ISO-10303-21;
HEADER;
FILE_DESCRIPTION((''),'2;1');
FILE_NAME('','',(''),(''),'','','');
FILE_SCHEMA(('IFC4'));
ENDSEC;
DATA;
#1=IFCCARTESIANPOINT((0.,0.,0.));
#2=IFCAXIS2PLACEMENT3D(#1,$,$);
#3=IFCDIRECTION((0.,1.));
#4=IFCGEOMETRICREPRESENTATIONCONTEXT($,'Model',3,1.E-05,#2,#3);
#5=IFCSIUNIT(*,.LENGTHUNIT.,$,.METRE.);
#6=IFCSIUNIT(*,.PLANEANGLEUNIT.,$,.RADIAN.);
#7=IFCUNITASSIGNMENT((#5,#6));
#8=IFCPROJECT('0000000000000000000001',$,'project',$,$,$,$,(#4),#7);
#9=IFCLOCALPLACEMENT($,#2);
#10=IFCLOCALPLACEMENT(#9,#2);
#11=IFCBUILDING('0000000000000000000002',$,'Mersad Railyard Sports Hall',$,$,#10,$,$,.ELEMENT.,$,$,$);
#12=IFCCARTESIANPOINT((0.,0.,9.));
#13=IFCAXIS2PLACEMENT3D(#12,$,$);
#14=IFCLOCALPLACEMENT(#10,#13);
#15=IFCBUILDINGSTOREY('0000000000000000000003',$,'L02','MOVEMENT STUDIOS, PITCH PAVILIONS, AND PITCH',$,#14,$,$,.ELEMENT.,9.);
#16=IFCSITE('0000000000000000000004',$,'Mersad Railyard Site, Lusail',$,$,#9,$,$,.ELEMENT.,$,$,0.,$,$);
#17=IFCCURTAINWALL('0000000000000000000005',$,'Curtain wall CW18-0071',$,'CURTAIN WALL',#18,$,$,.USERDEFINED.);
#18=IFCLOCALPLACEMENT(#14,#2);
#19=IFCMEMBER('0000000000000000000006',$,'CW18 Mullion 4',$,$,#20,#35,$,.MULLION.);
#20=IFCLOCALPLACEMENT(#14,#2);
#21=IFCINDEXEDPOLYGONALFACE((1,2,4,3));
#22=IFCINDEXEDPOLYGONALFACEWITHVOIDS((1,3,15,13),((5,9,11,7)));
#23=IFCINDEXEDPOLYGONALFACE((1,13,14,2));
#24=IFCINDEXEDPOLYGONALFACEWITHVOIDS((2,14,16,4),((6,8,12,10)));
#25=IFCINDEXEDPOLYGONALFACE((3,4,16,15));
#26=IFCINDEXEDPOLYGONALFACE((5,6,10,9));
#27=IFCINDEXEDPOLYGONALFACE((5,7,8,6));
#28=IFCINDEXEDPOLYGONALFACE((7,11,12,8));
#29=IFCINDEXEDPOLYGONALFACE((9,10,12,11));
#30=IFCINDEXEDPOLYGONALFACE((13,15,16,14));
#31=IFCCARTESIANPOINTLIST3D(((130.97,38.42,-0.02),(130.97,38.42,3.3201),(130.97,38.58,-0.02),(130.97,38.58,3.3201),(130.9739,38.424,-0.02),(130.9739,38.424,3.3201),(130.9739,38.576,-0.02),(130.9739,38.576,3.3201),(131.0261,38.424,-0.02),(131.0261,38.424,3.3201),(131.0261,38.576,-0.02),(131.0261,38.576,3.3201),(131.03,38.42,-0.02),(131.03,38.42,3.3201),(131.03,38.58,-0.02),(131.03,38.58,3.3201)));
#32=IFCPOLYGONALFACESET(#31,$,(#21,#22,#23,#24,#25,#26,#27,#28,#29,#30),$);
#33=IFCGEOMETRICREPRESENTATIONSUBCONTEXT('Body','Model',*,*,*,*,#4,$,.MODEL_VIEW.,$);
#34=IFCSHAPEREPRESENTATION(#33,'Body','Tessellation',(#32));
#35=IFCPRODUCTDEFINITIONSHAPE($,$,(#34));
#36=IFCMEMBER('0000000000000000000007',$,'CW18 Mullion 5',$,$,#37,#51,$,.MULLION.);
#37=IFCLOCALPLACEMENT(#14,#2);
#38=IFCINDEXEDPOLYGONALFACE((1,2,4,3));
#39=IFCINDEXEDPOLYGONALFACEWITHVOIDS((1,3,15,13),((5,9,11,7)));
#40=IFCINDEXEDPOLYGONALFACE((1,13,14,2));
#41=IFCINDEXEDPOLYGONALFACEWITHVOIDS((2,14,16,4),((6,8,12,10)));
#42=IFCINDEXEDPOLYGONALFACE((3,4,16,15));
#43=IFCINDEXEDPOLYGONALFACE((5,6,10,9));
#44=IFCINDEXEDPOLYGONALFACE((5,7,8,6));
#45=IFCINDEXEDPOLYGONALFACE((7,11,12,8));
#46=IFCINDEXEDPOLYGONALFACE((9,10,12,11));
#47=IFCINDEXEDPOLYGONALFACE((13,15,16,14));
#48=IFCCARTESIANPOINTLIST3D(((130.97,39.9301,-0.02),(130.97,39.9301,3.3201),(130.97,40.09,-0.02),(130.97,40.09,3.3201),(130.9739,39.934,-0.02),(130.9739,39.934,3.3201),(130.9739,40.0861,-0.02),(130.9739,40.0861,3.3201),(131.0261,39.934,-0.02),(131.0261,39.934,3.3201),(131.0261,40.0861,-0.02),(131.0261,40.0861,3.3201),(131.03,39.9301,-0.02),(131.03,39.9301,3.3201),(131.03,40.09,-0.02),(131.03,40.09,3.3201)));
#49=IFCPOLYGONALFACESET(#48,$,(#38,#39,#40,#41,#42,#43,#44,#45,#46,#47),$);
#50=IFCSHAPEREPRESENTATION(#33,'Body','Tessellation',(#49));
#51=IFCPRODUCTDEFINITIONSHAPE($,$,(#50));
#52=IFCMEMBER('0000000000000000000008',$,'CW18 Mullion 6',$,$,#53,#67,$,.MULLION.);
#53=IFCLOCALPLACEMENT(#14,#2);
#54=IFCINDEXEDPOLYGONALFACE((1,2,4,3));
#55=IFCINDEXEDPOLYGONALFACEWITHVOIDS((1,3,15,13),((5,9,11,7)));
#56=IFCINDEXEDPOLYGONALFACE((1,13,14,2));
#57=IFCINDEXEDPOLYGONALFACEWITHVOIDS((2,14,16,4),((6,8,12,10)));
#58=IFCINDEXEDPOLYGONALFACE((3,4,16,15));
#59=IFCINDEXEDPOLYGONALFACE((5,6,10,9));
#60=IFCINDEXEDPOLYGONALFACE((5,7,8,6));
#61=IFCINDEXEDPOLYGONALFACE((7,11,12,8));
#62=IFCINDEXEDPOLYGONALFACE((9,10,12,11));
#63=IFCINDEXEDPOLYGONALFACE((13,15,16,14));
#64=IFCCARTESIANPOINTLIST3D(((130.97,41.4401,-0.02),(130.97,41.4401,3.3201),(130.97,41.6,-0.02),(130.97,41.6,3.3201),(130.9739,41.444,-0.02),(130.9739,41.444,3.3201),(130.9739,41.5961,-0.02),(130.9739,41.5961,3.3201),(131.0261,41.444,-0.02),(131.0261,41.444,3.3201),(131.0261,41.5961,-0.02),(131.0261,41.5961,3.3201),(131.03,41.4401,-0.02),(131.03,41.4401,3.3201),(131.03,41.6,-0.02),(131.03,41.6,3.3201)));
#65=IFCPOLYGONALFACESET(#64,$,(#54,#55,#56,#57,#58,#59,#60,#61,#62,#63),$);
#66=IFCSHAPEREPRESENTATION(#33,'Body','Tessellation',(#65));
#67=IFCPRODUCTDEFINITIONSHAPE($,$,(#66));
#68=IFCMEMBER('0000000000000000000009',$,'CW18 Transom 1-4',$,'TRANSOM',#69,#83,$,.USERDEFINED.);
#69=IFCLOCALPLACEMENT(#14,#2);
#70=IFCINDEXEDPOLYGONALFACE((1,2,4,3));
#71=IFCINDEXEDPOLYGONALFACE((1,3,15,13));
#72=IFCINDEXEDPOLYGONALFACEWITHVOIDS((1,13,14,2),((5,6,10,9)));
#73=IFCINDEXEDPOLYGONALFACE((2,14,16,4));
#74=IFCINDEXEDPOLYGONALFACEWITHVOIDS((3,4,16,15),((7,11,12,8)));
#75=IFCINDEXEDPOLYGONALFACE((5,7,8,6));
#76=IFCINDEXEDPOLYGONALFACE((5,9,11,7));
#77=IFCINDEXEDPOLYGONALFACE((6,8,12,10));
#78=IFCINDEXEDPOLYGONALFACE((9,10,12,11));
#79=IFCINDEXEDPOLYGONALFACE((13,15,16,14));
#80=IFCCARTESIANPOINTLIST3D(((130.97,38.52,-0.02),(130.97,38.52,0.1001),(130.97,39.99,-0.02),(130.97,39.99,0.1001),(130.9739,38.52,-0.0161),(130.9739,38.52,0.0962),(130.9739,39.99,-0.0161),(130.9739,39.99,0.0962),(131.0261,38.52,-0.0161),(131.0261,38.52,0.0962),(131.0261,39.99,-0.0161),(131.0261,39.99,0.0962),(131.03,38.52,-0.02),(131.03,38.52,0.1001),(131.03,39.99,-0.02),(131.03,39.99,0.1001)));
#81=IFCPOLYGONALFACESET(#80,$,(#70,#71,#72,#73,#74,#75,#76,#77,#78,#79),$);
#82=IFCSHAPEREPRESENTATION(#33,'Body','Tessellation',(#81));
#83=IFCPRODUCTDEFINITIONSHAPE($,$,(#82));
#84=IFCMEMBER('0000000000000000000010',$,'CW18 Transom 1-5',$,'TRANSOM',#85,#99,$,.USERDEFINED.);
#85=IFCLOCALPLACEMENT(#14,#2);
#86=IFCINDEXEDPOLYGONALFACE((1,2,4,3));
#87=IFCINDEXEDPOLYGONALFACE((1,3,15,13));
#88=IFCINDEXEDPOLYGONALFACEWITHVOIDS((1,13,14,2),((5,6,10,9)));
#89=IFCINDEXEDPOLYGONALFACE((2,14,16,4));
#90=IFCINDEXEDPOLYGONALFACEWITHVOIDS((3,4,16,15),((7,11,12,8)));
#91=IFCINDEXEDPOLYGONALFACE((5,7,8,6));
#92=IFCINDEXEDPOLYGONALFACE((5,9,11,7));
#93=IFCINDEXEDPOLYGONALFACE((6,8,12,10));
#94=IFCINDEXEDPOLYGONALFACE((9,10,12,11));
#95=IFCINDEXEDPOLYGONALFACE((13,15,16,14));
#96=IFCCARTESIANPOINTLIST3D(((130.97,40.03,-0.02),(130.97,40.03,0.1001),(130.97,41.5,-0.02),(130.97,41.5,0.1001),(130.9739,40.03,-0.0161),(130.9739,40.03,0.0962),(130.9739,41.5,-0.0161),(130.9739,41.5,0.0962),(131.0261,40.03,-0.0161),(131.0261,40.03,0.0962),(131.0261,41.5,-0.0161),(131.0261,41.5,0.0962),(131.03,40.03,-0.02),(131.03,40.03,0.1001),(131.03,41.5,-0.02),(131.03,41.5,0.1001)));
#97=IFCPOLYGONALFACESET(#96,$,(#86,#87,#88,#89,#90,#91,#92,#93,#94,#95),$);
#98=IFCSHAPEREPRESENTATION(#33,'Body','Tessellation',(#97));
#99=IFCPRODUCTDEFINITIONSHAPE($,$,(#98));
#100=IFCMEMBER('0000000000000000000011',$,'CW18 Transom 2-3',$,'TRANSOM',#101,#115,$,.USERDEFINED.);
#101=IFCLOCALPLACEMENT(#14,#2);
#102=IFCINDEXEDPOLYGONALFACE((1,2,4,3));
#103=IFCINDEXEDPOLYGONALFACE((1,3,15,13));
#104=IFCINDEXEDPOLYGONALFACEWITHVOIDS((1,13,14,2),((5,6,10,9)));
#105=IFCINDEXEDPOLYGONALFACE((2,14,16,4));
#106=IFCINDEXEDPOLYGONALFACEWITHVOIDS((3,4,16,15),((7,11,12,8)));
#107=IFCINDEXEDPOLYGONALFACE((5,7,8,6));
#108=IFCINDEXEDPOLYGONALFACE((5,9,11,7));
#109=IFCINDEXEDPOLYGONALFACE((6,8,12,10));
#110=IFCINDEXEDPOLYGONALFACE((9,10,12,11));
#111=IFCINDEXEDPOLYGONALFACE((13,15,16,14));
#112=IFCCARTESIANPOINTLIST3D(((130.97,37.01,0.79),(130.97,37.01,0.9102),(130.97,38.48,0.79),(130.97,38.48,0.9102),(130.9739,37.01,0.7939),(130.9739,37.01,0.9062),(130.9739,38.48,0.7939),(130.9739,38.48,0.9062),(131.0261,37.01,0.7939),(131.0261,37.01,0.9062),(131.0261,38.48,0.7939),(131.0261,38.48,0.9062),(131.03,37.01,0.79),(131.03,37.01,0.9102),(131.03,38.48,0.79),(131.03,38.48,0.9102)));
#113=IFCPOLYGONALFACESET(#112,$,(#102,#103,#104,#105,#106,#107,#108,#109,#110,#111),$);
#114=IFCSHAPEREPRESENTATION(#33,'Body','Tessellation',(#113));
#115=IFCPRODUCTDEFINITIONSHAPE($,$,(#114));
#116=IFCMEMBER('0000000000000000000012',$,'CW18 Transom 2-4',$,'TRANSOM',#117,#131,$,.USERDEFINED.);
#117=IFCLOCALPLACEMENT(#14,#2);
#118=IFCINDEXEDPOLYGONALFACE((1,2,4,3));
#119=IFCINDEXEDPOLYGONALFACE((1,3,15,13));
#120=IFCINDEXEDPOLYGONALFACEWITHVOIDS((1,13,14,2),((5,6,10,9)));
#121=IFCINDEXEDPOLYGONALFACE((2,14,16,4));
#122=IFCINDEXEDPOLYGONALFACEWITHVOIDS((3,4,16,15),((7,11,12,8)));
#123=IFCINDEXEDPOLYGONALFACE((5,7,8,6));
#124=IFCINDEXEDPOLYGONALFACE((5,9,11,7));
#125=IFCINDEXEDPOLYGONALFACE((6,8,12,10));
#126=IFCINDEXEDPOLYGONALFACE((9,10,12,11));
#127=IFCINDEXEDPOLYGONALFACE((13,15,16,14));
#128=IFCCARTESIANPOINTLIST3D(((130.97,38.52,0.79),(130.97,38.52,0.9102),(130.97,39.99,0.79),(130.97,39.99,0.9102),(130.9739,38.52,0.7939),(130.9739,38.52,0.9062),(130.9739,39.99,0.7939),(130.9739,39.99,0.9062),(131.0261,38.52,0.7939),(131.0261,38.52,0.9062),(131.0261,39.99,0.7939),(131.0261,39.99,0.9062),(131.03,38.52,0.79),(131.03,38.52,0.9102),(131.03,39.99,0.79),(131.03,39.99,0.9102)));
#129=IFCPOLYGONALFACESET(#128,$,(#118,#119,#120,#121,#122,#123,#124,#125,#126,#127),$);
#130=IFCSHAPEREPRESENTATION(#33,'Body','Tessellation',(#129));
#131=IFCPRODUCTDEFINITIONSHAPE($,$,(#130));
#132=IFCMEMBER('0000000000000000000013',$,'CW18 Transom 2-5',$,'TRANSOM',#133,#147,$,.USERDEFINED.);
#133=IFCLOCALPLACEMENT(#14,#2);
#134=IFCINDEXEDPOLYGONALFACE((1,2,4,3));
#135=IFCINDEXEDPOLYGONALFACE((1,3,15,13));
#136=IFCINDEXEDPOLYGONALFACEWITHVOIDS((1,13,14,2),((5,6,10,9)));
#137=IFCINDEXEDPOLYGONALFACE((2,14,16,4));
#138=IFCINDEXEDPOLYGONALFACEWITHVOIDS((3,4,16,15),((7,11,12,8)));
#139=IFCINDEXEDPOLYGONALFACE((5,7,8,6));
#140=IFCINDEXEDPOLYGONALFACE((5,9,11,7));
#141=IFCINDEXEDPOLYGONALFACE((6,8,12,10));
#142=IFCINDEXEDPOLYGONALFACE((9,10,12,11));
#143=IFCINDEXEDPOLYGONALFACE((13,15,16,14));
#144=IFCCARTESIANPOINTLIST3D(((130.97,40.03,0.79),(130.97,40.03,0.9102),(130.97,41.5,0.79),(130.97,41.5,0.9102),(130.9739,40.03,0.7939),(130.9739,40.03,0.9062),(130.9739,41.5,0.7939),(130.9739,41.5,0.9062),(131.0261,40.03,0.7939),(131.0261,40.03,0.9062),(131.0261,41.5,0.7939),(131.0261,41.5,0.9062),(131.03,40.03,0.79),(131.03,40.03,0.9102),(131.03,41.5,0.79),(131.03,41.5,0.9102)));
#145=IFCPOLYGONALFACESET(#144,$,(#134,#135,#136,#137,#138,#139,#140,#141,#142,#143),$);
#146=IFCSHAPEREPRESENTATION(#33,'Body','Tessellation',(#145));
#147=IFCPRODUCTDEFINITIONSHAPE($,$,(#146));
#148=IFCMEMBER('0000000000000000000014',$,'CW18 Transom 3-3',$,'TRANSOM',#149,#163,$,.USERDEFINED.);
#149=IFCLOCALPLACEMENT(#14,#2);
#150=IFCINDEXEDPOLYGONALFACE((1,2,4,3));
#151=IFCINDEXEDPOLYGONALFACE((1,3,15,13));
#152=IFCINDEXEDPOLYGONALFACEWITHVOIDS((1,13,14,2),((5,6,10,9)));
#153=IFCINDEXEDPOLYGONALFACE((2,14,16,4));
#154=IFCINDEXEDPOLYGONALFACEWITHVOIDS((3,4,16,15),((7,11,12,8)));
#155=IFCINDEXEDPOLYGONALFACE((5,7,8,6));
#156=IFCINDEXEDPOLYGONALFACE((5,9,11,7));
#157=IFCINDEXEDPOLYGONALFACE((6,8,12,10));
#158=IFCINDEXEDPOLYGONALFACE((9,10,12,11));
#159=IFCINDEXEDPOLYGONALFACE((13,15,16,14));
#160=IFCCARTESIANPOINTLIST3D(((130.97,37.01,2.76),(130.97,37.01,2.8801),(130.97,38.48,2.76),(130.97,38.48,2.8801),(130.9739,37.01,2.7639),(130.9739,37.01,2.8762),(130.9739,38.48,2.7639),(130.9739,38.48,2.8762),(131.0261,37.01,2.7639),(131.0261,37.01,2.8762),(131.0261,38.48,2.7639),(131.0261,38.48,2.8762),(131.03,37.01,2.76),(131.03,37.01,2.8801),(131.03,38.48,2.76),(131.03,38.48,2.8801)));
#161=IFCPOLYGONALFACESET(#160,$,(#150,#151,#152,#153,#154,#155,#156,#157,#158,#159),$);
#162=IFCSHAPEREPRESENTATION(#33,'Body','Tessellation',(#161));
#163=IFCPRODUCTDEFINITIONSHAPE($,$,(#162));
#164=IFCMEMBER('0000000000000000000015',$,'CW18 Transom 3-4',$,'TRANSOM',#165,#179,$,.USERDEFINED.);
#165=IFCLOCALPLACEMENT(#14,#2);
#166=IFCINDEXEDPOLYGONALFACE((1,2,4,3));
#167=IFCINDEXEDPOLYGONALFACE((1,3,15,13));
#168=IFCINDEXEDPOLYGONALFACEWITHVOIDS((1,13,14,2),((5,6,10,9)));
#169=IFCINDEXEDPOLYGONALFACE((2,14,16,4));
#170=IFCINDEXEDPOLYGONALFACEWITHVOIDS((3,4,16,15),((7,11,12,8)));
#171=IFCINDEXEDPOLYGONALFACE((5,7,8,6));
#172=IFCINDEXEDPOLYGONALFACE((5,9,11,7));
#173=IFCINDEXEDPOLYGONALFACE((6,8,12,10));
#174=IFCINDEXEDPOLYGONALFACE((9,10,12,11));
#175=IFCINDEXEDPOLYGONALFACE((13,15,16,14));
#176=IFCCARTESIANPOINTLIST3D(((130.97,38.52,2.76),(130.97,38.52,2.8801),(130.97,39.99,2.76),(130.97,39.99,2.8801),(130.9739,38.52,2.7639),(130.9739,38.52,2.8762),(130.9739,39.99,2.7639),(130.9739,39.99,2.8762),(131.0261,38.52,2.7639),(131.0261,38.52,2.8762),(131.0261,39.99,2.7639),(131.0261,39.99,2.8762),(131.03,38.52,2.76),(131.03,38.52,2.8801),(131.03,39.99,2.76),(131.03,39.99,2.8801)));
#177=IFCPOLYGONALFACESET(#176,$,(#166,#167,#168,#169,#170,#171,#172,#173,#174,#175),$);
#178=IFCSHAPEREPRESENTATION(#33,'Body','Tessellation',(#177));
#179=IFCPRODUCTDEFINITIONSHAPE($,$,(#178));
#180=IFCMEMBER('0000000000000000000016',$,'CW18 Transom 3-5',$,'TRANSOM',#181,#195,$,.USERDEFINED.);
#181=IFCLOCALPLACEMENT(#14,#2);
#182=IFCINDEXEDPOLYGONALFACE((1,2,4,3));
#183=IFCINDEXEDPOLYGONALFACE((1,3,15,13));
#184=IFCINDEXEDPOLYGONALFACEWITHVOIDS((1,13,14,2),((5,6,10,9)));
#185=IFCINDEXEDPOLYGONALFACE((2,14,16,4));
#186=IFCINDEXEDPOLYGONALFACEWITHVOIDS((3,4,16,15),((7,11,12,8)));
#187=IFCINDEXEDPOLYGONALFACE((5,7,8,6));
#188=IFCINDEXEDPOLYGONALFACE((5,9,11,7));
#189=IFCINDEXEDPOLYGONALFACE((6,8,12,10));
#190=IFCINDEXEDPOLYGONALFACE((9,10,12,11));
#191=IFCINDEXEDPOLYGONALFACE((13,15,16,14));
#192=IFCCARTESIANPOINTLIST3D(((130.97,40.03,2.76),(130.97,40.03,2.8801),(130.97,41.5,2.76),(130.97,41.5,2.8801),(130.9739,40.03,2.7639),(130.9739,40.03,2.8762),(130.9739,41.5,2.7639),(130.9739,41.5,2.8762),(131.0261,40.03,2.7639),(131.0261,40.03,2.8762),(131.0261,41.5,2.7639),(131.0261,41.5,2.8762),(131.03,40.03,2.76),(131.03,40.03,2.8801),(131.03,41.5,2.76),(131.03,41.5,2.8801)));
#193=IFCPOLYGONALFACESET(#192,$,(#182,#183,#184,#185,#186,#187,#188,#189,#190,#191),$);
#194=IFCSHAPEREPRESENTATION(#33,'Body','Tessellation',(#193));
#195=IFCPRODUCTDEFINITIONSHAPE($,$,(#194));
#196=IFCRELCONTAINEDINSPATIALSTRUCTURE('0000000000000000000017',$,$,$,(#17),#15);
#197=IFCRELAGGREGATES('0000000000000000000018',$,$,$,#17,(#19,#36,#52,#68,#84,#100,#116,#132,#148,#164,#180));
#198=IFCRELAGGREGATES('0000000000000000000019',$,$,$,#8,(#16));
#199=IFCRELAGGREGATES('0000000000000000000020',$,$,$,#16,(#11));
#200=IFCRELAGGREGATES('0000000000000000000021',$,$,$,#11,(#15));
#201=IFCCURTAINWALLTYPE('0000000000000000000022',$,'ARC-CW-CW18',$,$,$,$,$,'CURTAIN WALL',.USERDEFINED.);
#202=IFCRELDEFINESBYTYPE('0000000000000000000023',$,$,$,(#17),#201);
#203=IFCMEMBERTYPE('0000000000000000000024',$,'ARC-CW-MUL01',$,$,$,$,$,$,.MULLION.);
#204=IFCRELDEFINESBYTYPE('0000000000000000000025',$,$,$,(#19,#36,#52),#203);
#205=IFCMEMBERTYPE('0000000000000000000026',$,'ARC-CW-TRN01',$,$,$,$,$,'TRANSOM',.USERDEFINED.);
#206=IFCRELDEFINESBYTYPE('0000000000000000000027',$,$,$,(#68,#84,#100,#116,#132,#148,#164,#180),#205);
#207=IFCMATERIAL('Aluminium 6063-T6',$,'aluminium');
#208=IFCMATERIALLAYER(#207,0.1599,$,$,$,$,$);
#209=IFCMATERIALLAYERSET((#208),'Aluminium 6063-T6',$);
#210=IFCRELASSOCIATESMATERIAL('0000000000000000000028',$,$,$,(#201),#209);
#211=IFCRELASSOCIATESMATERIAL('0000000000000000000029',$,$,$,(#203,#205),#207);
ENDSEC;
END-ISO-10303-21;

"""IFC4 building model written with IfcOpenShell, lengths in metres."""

from ifc_helpers import new_model, si_unit, direction, frame, origin, origin_2d, place, context, subcontext, project, spatial, hollow_rectangle, extrude, material, layer, layer_set, material_profile, profile_set, type_object, element, aggregate, save


model = new_model("IFC4")

# Units and contexts
model_context = context("Model", 3, precision=1e-05, world=origin(), true_north=direction((0.0, 1.0)))
body_context = subcontext(model_context, "Body", "Model", "MODEL_VIEW")
ifc_project = project(units=[si_unit("LENGTHUNIT", "METRE"), si_unit("PLANEANGLEUNIT", "RADIAN")], contexts=[model_context])

# Site, building, storey
site_placement = place(None, origin())
site = spatial("IfcSite", under=ifc_project, at=site_placement, Name="Mersad Railyard Site, Lusail", CompositionType="ELEMENT", RefElevation=0.0)
building_placement = place(site_placement, origin())
building = spatial("IfcBuilding", under=site, at=building_placement, Name="Mersad Railyard Sports Hall", CompositionType="ELEMENT")
storey_placement = place(building_placement, frame((0.0, 0.0, 9.0)))
storey = spatial("IfcBuildingStorey", under=building, at=storey_placement, Name="L02", Description="MOVEMENT STUDIOS, PITCH PAVILIONS, AND PITCH", CompositionType="ELEMENT", Elevation=9.0)

# Curtain wall, members
ifc_material_1 = material(Name="Aluminium 6063-T6", Category="aluminium")
ifc_layer_1 = layer(ifc_material_1, 0.1599)
ifc_layer_set_1 = layer_set([ifc_layer_1], Name="Aluminium 6063-T6")
curtain_wall_type = type_object("IfcCurtainWallType", Name="ARC-CW-CW18", ElementType="CURTAIN WALL", PredefinedType="USERDEFINED", material=ifc_layer_set_1)
curtain_wall_placement = place(storey_placement, origin())
curtain_wall = element("IfcCurtainWall", 1, at=curtain_wall_placement, inside=storey, type_object=curtain_wall_type, Name="Curtain wall CW18-0071", ObjectType="CURTAIN WALL", PredefinedType="USERDEFINED")
ifc_material_profile_1 = material_profile(ifc_material_1, hollow_rectangle(XDim=0.0601, YDim=0.1599, WallThickness=0.0039, at=origin_2d()), Name="AL MULLION 60x160x4")
ifc_profile_set_1 = profile_set([ifc_material_profile_1], Name="Aluminium 6063-T6")
member_type_1 = type_object("IfcMemberType", Name="ARC-CW-MUL01", PredefinedType="MULLION", material=ifc_profile_set_1)
member_1_placement = place(storey_placement, frame((131.0, 38.5, -0.02), z_axis=(0.0, 0.0, 1.0), x_axis=(1.0, 0.0, 0.0)))
member_1 = element("IfcMember", 2, at=member_1_placement, type_object=member_type_1, Name="CW18 Mullion 4", PredefinedType="MULLION", context=body_context, shape_type="SweptSolid", body=[
    extrude(hollow_rectangle(XDim=0.0601, YDim=0.1599, WallThickness=0.0039, at=origin_2d()), origin(), (0.0, 0.0, 1.0), 3.3401),
])
member_2_placement = place(storey_placement, frame((131.0, 40.01, -0.02), z_axis=(0.0, 0.0, 1.0), x_axis=(1.0, 0.0, 0.0)))
member_2 = element("IfcMember", 3, at=member_2_placement, type_object=member_type_1, Name="CW18 Mullion 5", PredefinedType="MULLION", context=body_context, shape_type="SweptSolid", body=[
    extrude(hollow_rectangle(XDim=0.0601, YDim=0.1599, WallThickness=0.0039, at=origin_2d()), origin(), (0.0, 0.0, 1.0), 3.3401),
])
member_3_placement = place(storey_placement, frame((131.0, 41.52, -0.02), z_axis=(0.0, 0.0, 1.0), x_axis=(1.0, 0.0, 0.0)))
member_3 = element("IfcMember", 4, at=member_3_placement, type_object=member_type_1, Name="CW18 Mullion 6", PredefinedType="MULLION", context=body_context, shape_type="SweptSolid", body=[
    extrude(hollow_rectangle(XDim=0.0601, YDim=0.1599, WallThickness=0.0039, at=origin_2d()), origin(), (0.0, 0.0, 1.0), 3.3401),
])
ifc_material_profile_2 = material_profile(ifc_material_1, hollow_rectangle(XDim=0.0601, YDim=0.1201, WallThickness=0.0039, at=origin_2d()), Name="AL TRANSOM 60x120x4")
ifc_profile_set_2 = profile_set([ifc_material_profile_2], Name="Aluminium 6063-T6")
member_type_2 = type_object("IfcMemberType", Name="ARC-CW-TRN01", ElementType="TRANSOM", PredefinedType="USERDEFINED", material=ifc_profile_set_2)
member_4_placement = place(storey_placement, frame((131.0, 38.52, 0.04), z_axis=(0.0, 1.0, 0.0), x_axis=(-1.0, 0.0, 0.0)))
member_4 = element("IfcMember", 5, at=member_4_placement, type_object=member_type_2, Name="CW18 Transom 1-4", ObjectType="TRANSOM", PredefinedType="USERDEFINED", context=body_context, shape_type="SweptSolid", body=[
    extrude(hollow_rectangle(XDim=0.0601, YDim=0.1201, WallThickness=0.0039, at=origin_2d()), origin(), (0.0, 0.0, 1.0), 1.47),
])
member_5_placement = place(storey_placement, frame((131.0, 40.03, 0.04), z_axis=(0.0, 1.0, 0.0), x_axis=(-1.0, 0.0, 0.0)))
member_5 = element("IfcMember", 6, at=member_5_placement, type_object=member_type_2, Name="CW18 Transom 1-5", ObjectType="TRANSOM", PredefinedType="USERDEFINED", context=body_context, shape_type="SweptSolid", body=[
    extrude(hollow_rectangle(XDim=0.0601, YDim=0.1201, WallThickness=0.0039, at=origin_2d()), origin(), (0.0, 0.0, 1.0), 1.47),
])
member_6_placement = place(storey_placement, frame((131.0, 37.01, 0.8501), z_axis=(0.0, 1.0, 0.0), x_axis=(-1.0, 0.0, 0.0)))
member_6 = element("IfcMember", 7, at=member_6_placement, type_object=member_type_2, Name="CW18 Transom 2-3", ObjectType="TRANSOM", PredefinedType="USERDEFINED", context=body_context, shape_type="SweptSolid", body=[
    extrude(hollow_rectangle(XDim=0.0601, YDim=0.1201, WallThickness=0.0039, at=origin_2d()), origin(), (0.0, 0.0, 1.0), 1.47),
])
member_7_placement = place(storey_placement, frame((131.0, 38.52, 0.8501), z_axis=(0.0, 1.0, 0.0), x_axis=(-1.0, 0.0, 0.0)))
member_7 = element("IfcMember", 8, at=member_7_placement, type_object=member_type_2, Name="CW18 Transom 2-4", ObjectType="TRANSOM", PredefinedType="USERDEFINED", context=body_context, shape_type="SweptSolid", body=[
    extrude(hollow_rectangle(XDim=0.0601, YDim=0.1201, WallThickness=0.0039, at=origin_2d()), origin(), (0.0, 0.0, 1.0), 1.47),
])
member_8_placement = place(storey_placement, frame((131.0, 40.03, 0.8501), z_axis=(0.0, 1.0, 0.0), x_axis=(-1.0, 0.0, 0.0)))
member_8 = element("IfcMember", 9, at=member_8_placement, type_object=member_type_2, Name="CW18 Transom 2-5", ObjectType="TRANSOM", PredefinedType="USERDEFINED", context=body_context, shape_type="SweptSolid", body=[
    extrude(hollow_rectangle(XDim=0.0601, YDim=0.1201, WallThickness=0.0039, at=origin_2d()), origin(), (0.0, 0.0, 1.0), 1.47),
])
member_9_placement = place(storey_placement, frame((131.0, 37.01, 2.8201), z_axis=(0.0, 1.0, 0.0), x_axis=(-1.0, 0.0, 0.0)))
member_9 = element("IfcMember", 10, at=member_9_placement, type_object=member_type_2, Name="CW18 Transom 3-3", ObjectType="TRANSOM", PredefinedType="USERDEFINED", context=body_context, shape_type="SweptSolid", body=[
    extrude(hollow_rectangle(XDim=0.0601, YDim=0.1201, WallThickness=0.0039, at=origin_2d()), origin(), (0.0, 0.0, 1.0), 1.47),
])
member_10_placement = place(storey_placement, frame((131.0, 38.52, 2.8201), z_axis=(0.0, 1.0, 0.0), x_axis=(-1.0, 0.0, 0.0)))
member_10 = element("IfcMember", 11, at=member_10_placement, type_object=member_type_2, Name="CW18 Transom 3-4", ObjectType="TRANSOM", PredefinedType="USERDEFINED", context=body_context, shape_type="SweptSolid", body=[
    extrude(hollow_rectangle(XDim=0.0601, YDim=0.1201, WallThickness=0.0039, at=origin_2d()), origin(), (0.0, 0.0, 1.0), 1.47),
])
member_11_placement = place(storey_placement, frame((131.0, 40.03, 2.8201), z_axis=(0.0, 1.0, 0.0), x_axis=(-1.0, 0.0, 0.0)))
member_11 = element("IfcMember", 12, at=member_11_placement, type_object=member_type_2, Name="CW18 Transom 3-5", ObjectType="TRANSOM", PredefinedType="USERDEFINED", context=body_context, shape_type="SweptSolid", body=[
    extrude(hollow_rectangle(XDim=0.0601, YDim=0.1201, WallThickness=0.0039, at=origin_2d()), origin(), (0.0, 0.0, 1.0), 1.47),
])
aggregate(curtain_wall, [member_1, member_2, member_3, member_4, member_5, member_6, member_7, member_8, member_9, member_10, member_11])

save(model, "model.ifc")
